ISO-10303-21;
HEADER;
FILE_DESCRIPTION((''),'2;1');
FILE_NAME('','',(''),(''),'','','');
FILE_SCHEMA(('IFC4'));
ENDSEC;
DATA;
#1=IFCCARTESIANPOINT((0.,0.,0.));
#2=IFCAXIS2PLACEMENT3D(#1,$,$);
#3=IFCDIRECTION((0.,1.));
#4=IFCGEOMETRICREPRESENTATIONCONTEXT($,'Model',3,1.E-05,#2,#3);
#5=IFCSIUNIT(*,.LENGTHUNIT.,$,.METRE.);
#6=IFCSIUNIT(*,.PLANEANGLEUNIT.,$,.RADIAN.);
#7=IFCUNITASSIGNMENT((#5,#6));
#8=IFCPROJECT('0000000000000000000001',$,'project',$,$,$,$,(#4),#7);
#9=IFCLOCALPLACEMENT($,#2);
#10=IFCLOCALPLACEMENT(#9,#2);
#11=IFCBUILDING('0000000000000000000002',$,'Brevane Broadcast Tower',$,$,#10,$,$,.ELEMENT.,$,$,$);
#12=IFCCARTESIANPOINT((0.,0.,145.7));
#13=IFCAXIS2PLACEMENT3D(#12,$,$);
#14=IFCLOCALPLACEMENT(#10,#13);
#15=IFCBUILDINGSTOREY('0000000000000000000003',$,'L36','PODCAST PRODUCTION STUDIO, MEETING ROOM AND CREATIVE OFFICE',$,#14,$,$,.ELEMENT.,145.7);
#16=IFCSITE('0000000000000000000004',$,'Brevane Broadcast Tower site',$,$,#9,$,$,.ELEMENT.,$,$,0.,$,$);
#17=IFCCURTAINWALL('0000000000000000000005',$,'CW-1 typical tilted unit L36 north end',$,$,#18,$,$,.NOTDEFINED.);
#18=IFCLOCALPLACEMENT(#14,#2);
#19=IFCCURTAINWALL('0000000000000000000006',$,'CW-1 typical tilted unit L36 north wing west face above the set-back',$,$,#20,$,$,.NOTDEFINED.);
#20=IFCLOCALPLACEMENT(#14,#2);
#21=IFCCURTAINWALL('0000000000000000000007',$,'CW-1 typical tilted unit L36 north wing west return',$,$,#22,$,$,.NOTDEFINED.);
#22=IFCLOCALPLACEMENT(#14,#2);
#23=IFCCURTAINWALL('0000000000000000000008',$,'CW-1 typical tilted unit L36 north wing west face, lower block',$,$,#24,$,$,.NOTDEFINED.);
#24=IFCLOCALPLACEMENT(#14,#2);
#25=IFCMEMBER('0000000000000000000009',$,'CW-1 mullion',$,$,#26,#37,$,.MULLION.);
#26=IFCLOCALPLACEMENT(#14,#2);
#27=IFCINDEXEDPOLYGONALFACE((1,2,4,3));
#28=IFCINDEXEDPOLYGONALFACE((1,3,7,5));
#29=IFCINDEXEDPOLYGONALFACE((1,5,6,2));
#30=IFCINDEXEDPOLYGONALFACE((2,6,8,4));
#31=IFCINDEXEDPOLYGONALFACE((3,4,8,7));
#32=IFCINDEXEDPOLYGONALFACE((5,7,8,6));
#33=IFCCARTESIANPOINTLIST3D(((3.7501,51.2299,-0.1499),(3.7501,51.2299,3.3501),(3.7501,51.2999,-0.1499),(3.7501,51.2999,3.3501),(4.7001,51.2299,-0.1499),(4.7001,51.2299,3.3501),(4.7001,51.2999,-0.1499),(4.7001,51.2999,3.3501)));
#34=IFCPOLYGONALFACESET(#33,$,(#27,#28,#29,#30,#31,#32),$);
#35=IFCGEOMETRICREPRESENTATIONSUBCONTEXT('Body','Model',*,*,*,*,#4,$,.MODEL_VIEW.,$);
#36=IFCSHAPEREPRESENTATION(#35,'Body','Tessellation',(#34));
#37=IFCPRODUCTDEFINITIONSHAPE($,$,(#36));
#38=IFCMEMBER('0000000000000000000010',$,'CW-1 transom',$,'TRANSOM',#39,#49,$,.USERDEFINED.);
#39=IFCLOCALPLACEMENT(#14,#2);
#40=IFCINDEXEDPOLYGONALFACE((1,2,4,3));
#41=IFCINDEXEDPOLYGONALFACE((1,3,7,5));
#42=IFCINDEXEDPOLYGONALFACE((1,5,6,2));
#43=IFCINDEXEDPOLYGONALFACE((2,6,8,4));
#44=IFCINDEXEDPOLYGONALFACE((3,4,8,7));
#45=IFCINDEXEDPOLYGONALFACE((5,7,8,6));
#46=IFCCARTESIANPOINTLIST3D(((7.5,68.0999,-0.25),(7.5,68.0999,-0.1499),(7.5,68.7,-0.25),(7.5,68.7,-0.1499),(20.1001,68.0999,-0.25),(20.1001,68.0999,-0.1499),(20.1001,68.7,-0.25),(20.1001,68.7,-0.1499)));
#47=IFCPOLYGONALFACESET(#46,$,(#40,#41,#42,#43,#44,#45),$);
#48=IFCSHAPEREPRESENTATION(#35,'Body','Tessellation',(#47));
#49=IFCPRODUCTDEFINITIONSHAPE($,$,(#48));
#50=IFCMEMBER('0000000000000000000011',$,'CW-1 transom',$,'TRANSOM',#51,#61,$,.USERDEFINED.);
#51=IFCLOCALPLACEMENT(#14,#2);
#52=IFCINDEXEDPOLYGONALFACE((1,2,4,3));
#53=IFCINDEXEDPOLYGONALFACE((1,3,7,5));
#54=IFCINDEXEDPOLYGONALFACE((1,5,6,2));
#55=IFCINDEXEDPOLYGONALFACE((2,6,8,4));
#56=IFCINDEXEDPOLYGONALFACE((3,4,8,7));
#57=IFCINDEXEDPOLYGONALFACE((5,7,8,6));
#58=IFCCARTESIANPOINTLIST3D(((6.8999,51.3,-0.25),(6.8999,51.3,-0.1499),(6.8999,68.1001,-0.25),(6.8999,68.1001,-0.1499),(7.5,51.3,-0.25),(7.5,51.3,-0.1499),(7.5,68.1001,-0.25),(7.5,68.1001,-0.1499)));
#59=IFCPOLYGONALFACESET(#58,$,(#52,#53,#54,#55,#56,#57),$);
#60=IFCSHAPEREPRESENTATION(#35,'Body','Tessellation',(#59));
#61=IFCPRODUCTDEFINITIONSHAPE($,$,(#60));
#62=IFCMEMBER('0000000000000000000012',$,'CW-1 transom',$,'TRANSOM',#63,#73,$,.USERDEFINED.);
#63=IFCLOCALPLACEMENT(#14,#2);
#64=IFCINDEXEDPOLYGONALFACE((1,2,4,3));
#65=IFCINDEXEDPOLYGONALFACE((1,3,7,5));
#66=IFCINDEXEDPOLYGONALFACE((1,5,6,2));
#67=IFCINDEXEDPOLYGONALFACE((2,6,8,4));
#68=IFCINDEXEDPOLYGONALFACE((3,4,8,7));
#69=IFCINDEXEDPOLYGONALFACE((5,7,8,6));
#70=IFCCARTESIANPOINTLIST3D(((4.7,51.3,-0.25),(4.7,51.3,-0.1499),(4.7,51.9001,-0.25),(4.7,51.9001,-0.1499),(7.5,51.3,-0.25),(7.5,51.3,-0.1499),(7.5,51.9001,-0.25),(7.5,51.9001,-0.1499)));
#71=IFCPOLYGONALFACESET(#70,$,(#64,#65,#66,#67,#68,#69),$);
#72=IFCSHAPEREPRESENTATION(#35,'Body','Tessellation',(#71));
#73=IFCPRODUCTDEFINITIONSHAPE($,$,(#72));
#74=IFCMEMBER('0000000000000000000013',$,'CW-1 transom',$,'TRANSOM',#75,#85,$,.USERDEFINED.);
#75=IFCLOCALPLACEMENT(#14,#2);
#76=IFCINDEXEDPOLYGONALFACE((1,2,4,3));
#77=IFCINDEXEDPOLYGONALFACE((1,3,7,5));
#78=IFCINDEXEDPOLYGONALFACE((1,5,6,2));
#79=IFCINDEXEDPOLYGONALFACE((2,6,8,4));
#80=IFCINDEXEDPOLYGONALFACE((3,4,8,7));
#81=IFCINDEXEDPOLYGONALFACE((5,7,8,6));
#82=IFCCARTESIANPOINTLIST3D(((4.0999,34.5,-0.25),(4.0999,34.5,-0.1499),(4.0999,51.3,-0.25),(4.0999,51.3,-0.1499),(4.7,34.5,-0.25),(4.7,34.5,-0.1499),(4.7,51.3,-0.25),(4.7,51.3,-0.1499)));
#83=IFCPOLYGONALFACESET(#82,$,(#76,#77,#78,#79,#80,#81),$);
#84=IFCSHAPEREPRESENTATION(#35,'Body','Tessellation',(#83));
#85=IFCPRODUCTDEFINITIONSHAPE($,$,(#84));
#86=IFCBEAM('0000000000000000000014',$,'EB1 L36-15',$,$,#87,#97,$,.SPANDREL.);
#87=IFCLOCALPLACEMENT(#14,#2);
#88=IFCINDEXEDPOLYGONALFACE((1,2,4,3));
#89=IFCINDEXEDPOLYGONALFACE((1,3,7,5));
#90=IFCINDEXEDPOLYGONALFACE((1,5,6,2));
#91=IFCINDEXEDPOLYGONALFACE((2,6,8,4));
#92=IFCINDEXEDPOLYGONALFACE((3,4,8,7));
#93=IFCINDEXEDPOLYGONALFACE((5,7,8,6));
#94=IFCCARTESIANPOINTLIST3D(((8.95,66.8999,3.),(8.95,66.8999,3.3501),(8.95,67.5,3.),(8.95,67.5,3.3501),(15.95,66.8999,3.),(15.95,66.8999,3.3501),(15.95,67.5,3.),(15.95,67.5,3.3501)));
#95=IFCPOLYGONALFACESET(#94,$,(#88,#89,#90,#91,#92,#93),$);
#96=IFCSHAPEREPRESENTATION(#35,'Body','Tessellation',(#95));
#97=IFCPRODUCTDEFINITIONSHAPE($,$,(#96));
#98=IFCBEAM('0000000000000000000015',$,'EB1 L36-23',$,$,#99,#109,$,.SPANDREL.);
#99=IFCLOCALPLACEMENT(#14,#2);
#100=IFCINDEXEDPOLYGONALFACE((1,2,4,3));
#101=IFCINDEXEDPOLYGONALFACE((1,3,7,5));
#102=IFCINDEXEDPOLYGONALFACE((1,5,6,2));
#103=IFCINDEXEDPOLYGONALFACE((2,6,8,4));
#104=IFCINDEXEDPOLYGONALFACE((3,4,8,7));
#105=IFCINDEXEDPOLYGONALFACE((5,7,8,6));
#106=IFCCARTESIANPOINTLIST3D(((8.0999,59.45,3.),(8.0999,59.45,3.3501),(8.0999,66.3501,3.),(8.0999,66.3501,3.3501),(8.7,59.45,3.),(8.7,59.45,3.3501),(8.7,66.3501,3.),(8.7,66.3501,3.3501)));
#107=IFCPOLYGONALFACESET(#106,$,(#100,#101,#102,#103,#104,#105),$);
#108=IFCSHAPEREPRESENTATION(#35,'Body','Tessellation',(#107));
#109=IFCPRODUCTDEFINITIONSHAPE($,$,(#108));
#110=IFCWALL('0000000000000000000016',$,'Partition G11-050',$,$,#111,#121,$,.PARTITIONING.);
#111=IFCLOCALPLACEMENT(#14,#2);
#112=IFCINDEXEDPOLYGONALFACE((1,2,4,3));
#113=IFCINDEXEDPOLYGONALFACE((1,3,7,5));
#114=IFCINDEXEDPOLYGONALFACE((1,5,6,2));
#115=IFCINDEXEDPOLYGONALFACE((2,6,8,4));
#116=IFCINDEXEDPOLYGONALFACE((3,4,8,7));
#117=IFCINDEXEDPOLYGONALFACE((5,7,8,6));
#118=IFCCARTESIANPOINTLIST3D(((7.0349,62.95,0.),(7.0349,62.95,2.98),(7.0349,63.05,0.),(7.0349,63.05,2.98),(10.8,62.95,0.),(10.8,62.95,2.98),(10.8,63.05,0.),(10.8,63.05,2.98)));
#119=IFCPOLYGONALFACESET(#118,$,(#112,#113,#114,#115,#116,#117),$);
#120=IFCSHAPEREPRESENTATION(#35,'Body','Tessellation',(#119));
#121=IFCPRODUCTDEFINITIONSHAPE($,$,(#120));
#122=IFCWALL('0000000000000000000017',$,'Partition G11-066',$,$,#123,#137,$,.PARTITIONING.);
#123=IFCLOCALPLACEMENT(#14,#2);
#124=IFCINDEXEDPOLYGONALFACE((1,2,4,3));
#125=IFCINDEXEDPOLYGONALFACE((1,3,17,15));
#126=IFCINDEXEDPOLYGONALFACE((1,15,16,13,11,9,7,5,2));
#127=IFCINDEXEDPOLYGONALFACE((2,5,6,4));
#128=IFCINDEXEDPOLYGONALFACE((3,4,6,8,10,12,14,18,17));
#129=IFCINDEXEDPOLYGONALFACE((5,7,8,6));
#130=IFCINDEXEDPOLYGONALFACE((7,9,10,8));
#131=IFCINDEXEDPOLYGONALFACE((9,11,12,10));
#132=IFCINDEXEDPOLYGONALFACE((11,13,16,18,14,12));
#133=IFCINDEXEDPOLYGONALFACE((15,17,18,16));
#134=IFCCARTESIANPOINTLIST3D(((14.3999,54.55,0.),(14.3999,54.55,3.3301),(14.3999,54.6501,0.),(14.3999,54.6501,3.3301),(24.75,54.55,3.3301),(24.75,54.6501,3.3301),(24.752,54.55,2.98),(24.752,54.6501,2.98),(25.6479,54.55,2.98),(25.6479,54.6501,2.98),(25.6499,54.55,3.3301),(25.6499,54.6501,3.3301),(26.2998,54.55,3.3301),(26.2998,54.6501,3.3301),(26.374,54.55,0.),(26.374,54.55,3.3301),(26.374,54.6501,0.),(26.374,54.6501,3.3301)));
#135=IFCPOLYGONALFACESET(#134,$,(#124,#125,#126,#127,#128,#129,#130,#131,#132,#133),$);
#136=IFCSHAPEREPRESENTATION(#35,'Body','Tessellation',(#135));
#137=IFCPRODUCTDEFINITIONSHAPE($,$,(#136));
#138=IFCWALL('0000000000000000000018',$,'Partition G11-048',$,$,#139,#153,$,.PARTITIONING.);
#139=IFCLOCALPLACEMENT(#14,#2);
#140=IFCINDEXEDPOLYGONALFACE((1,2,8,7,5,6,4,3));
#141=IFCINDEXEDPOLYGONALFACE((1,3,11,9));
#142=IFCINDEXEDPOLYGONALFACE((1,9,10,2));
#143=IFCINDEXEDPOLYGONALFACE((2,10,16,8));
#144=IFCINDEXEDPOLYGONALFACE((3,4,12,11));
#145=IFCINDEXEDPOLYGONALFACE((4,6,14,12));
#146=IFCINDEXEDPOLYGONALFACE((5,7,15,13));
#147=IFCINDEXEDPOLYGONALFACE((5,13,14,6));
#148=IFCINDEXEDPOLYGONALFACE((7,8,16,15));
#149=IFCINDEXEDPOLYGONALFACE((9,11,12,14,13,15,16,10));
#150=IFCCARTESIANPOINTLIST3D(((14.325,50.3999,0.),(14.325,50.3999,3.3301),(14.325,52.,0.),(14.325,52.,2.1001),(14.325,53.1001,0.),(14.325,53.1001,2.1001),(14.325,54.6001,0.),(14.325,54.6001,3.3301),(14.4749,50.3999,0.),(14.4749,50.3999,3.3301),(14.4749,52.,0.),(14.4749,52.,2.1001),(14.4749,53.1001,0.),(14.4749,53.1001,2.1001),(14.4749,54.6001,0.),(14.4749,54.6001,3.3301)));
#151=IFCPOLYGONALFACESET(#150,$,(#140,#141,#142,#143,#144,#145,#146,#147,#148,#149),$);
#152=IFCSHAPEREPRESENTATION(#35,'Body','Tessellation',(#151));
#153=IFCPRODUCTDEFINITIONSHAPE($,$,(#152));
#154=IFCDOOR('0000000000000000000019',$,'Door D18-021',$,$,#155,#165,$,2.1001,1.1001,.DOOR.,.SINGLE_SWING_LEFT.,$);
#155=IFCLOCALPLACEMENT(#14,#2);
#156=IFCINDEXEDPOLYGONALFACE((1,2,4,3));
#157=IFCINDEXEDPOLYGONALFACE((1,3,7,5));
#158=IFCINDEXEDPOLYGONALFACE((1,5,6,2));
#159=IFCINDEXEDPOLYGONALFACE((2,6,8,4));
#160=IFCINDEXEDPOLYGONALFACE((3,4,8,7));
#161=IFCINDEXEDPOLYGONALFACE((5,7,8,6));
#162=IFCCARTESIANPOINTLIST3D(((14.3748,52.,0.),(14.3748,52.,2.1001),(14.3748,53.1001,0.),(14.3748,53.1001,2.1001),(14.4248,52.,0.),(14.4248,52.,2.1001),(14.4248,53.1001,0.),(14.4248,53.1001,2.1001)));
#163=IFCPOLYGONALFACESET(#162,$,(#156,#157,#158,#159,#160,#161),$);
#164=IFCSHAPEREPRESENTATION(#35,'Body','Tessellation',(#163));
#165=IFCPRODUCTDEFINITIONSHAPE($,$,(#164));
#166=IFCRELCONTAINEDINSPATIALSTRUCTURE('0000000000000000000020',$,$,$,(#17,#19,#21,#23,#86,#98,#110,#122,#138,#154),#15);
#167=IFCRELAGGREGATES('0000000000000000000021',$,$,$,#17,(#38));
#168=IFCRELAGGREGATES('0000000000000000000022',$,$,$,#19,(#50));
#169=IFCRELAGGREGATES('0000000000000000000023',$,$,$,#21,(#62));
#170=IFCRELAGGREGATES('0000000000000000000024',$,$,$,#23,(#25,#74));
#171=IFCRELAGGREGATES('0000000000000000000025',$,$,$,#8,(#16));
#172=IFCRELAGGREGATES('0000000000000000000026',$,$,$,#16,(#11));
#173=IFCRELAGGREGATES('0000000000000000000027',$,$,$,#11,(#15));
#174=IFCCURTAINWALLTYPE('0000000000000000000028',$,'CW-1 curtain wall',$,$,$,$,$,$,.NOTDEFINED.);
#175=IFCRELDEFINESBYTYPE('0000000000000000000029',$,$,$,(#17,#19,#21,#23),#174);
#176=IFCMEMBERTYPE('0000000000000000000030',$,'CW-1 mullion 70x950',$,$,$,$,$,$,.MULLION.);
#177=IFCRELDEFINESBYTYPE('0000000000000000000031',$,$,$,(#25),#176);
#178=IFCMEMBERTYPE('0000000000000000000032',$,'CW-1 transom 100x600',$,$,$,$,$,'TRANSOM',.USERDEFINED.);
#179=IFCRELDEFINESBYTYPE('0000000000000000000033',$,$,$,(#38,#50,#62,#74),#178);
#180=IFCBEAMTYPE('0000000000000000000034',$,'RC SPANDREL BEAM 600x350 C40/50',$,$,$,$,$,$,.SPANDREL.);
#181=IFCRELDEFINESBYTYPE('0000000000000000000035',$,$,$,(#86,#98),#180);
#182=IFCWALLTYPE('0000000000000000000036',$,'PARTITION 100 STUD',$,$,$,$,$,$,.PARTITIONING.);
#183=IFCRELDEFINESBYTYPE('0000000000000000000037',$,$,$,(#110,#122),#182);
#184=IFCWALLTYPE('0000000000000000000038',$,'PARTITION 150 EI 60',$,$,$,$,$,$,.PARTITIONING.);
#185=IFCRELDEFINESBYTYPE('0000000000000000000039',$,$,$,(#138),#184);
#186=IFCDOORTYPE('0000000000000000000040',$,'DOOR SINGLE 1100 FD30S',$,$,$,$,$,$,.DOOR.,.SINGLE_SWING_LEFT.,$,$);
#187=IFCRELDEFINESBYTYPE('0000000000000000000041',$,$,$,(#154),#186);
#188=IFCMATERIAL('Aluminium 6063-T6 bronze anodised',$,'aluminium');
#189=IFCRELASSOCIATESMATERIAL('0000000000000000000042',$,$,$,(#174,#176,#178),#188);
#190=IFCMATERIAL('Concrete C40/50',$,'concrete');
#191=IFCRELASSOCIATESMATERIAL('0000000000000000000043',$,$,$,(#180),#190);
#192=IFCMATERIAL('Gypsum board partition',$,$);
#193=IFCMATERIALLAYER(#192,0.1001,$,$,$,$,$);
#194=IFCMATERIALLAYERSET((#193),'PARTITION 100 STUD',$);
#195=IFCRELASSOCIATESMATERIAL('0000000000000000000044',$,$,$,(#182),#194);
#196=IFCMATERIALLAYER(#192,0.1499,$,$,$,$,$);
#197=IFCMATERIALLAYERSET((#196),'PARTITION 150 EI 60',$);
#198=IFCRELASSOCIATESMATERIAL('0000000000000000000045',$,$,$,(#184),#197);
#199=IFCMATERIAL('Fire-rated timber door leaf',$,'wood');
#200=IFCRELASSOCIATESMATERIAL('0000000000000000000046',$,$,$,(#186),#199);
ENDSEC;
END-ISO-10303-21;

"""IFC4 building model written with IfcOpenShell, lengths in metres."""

from ifc_helpers import new_model, si_unit, direction, frame, frame_2d, origin, origin_2d, place, context, subcontext, project, spatial, polyline, rectangle, outline, extrude, material, layer, layer_set, material_profile, profile_set, type_object, element, fill, aggregate, save


model = new_model("IFC4")

# Units and contexts
model_context = context("Model", 3, precision=1e-05, world=origin(), true_north=direction((0.0, 1.0)))
body_context = subcontext(model_context, "Body", "Model", "MODEL_VIEW")
ifc_project = project(units=[si_unit("LENGTHUNIT", "METRE"), si_unit("PLANEANGLEUNIT", "RADIAN")], contexts=[model_context])

# Site, building, storey
site_placement = place(None, origin())
site = spatial("IfcSite", under=ifc_project, at=site_placement, Name="Brevane Broadcast Tower site", CompositionType="ELEMENT", RefElevation=0.0)
building_placement = place(site_placement, origin())
building = spatial("IfcBuilding", under=site, at=building_placement, Name="Brevane Broadcast Tower", CompositionType="ELEMENT")
storey_placement = place(building_placement, frame((0.0, 0.0, 145.7)))
storey = spatial("IfcBuildingStorey", under=building, at=storey_placement, Name="L36", Description="PODCAST PRODUCTION STUDIO, MEETING ROOM AND CREATIVE OFFICE", CompositionType="ELEMENT", Elevation=145.7)

# Curtain walls
ifc_material_1 = material(Name="Aluminium 6063-T6 bronze anodised", Category="aluminium")
curtain_wall_type = type_object("IfcCurtainWallType", Name="CW-1 curtain wall", PredefinedType="NOTDEFINED", material=ifc_material_1)
curtain_wall_1_placement = place(storey_placement, origin())
curtain_wall_1 = element("IfcCurtainWall", 1, at=curtain_wall_1_placement, inside=storey, type_object=curtain_wall_type, Name="CW-1 typical tilted unit L36 north end", PredefinedType="NOTDEFINED")
ifc_material_profile_1 = material_profile(ifc_material_1, rectangle(XDim=0.95, YDim=0.0701, at=origin_2d()), Name="RECT 70x950")
ifc_profile_set_1 = profile_set([ifc_material_profile_1], Name="Aluminium 6063-T6 bronze anodised")
member_type_1 = type_object("IfcMemberType", Name="CW-1 mullion 70x950", PredefinedType="MULLION", material=ifc_profile_set_1)
curtain_wall_2_placement = place(storey_placement, origin())
curtain_wall_2 = element("IfcCurtainWall", 2, at=curtain_wall_2_placement, inside=storey, type_object=curtain_wall_type, Name="CW-1 typical tilted unit L36 north wing west face above the set-back", PredefinedType="NOTDEFINED")
curtain_wall_3_placement = place(storey_placement, origin())
curtain_wall_3 = element("IfcCurtainWall", 3, at=curtain_wall_3_placement, inside=storey, type_object=curtain_wall_type, Name="CW-1 typical tilted unit L36 north wing west return", PredefinedType="NOTDEFINED")

# Curtain wall, member
curtain_wall_4_placement = place(storey_placement, origin())
curtain_wall_4 = element("IfcCurtainWall", 4, at=curtain_wall_4_placement, inside=storey, type_object=curtain_wall_type, Name="CW-1 typical tilted unit L36 north wing west face, lower block", PredefinedType="NOTDEFINED")
member_1_placement = place(storey_placement, frame((4.2251, 51.2649, -0.1499), z_axis=(0.0, 0.0, 1.0), x_axis=(1.0, 0.0, 0.0)))
member_1 = element("IfcMember", 5, at=member_1_placement, type_object=member_type_1, Name="CW-1 mullion", PredefinedType="MULLION", context=body_context, shape_type="SweptSolid", body=[
    extrude(rectangle(XDim=0.95, YDim=0.0701, at=origin_2d()), origin(), (0.0, 0.0, 1.0), 3.5),
])

# Members
ifc_material_profile_2 = material_profile(ifc_material_1, rectangle(XDim=0.6001, YDim=0.1001, at=origin_2d()), Name="RECT 100x600")
ifc_profile_set_2 = profile_set([ifc_material_profile_2], Name="Aluminium 6063-T6 bronze anodised")
member_type_2 = type_object("IfcMemberType", Name="CW-1 transom 100x600", ElementType="TRANSOM", PredefinedType="USERDEFINED", material=ifc_profile_set_2)
member_2_placement = place(storey_placement, frame((20.1001, 68.3999, -0.2), z_axis=(-1.0, 0.0, 0.0), x_axis=(0.0, -1.0, 0.0)))
member_2 = element("IfcMember", 6, at=member_2_placement, type_object=member_type_2, Name="CW-1 transom", ObjectType="TRANSOM", PredefinedType="USERDEFINED", context=body_context, shape_type="SweptSolid", body=[
    extrude(rectangle(XDim=0.6001, YDim=0.1001, at=origin_2d()), origin(), (0.0, 0.0, 1.0), 12.6001),
])
aggregate(curtain_wall_1, [member_2])
member_3_placement = place(storey_placement, frame((7.2, 68.1001, -0.2), z_axis=(0.0, -1.0, 0.0), x_axis=(1.0, 0.0, 0.0)))
member_3 = element("IfcMember", 7, at=member_3_placement, type_object=member_type_2, Name="CW-1 transom", ObjectType="TRANSOM", PredefinedType="USERDEFINED", context=body_context, shape_type="SweptSolid", body=[
    extrude(rectangle(XDim=0.6001, YDim=0.1001, at=origin_2d()), origin(), (0.0, 0.0, 1.0), 16.8),
])
aggregate(curtain_wall_2, [member_3])
member_4_placement = place(storey_placement, frame((7.5, 51.6001, -0.2), z_axis=(-1.0, 0.0, 0.0), x_axis=(0.0, -1.0, 0.0)))
member_4 = element("IfcMember", 8, at=member_4_placement, type_object=member_type_2, Name="CW-1 transom", ObjectType="TRANSOM", PredefinedType="USERDEFINED", context=body_context, shape_type="SweptSolid", body=[
    extrude(rectangle(XDim=0.6001, YDim=0.1001, at=origin_2d()), origin(), (0.0, 0.0, 1.0), 2.8),
])
aggregate(curtain_wall_3, [member_4])
member_5_placement = place(storey_placement, frame((4.3999, 51.3, -0.2), z_axis=(0.0, -1.0, 0.0), x_axis=(1.0, 0.0, 0.0)))
member_5 = element("IfcMember", 9, at=member_5_placement, type_object=member_type_2, Name="CW-1 transom", ObjectType="TRANSOM", PredefinedType="USERDEFINED", context=body_context, shape_type="SweptSolid", body=[
    extrude(rectangle(XDim=0.6001, YDim=0.1001, at=origin_2d()), origin(), (0.0, 0.0, 1.0), 16.8),
])
aggregate(curtain_wall_4, [member_1, member_5])

# Beams
ifc_material_2 = material(Name="Concrete C40/50", Category="concrete")
ifc_material_profile_3 = material_profile(ifc_material_2, rectangle(XDim=0.6001, YDim=0.3501, at=origin_2d()), Name="RC 600x350")
ifc_profile_set_3 = profile_set([ifc_material_profile_3], Name="Concrete C40/50")
beam_type = type_object("IfcBeamType", Name="RC SPANDREL BEAM 600x350 C40/50", PredefinedType="SPANDREL", material=ifc_profile_set_3)
beam_1_placement = place(storey_placement, frame((15.95, 67.2, 3.175), z_axis=(-1.0, 0.0, 0.0), x_axis=(0.0, -1.0, 0.0)))
element("IfcBeam", 10, at=beam_1_placement, inside=storey, type_object=beam_type, Name="EB1 L36-15", PredefinedType="SPANDREL", context=body_context, shape_type="SweptSolid", body=[
    extrude(rectangle(XDim=0.6001, YDim=0.3501, at=origin_2d()), origin(), (0.0, 0.0, 1.0), 7.0),
])
beam_2_placement = place(storey_placement, frame((8.3999, 59.45, 3.175), z_axis=(0.0, 1.0, 0.0), x_axis=(-1.0, 0.0, 0.0)))
element("IfcBeam", 11, at=beam_2_placement, inside=storey, type_object=beam_type, Name="EB1 L36-23", PredefinedType="SPANDREL", context=body_context, shape_type="SweptSolid", body=[
    extrude(rectangle(XDim=0.6001, YDim=0.3501, at=origin_2d()), origin(), (0.0, 0.0, 1.0), 6.9001),
])

# Walls
ifc_material_3 = material(Name="Gypsum board partition")
ifc_layer_1 = layer(ifc_material_3, 0.1001)
ifc_layer_set_1 = layer_set([ifc_layer_1], Name="PARTITION 100 STUD")
wall_type_1 = type_object("IfcWallType", Name="PARTITION 100 STUD", PredefinedType="PARTITIONING", material=ifc_layer_set_1)
wall_1_placement = place(storey_placement, frame((10.8, 63.0, 0.0), z_axis=(0.0, 0.0, 1.0), x_axis=(-1.0, 0.0, 0.0)))
element("IfcWall", 12, at=wall_1_placement, inside=storey, type_object=wall_type_1, Name="Partition G11-050", PredefinedType="PARTITIONING", context=body_context, shape_type="SweptSolid", body=[
    extrude(rectangle(XDim=3.7651, YDim=0.1001, at=frame_2d((1.8826, 0.0))), origin(), (0.0, 0.0, 1.0), 2.98),
])
wall_2_placement = place(storey_placement, frame((14.3999, 54.6001, 0.0), z_axis=(0.0, 0.0, 1.0), x_axis=(1.0, 0.0, 0.0)))
element("IfcWall", 13, at=wall_2_placement, inside=storey, type_object=wall_type_1, Name="Partition G11-066", PredefinedType="PARTITIONING", context=body_context, shape_type="SweptSolid", body=[
    extrude(outline(polyline([(0.0, 0.0), (11.9741, 0.0), (11.9741, 3.3301), (11.8999, 3.3301), (11.25, 3.3301), (11.248, 2.98), (10.3521, 2.98), (10.3501, 3.3301), (0.0, 3.3301), (0.0, 0.0)])), frame((0.0, 0.05, 0.0), z_axis=(0.0, -1.0, 0.0), x_axis=(1.0, 0.0, 0.0)), (0.0, 0.0, 1.0), 0.1001),
])

# Wall, opening, door
ifc_layer_2 = layer(ifc_material_3, 0.1499)
ifc_layer_set_2 = layer_set([ifc_layer_2], Name="PARTITION 150 EI 60")
wall_type_2 = type_object("IfcWallType", Name="PARTITION 150 EI 60", PredefinedType="PARTITIONING", material=ifc_layer_set_2)
ifc_material_4 = material(Name="Fire-rated timber door leaf", Category="wood")
wall_3_placement = place(storey_placement, frame((14.3999, 54.6001, 0.0), z_axis=(0.0, 0.0, 1.0), x_axis=(0.0, -1.0, 0.0)))
wall_3 = element("IfcWall", 14, at=wall_3_placement, inside=storey, type_object=wall_type_2, Name="Partition G11-048", PredefinedType="PARTITIONING", context=body_context, shape_type="SweptSolid", body=[
    extrude(rectangle(XDim=4.2002, YDim=0.1499, at=frame_2d((2.1001, 0.0))), origin(), (0.0, 0.0, 1.0), 3.3301),
])
opening_1_placement = place(wall_3_placement, frame((1.5, 0.0, 0.0)))
opening_1 = element("IfcOpeningElement", 15, at=opening_1_placement, cuts=wall_3, PredefinedType="OPENING", context=body_context, shape_type="SweptSolid", body=[
    extrude(rectangle(XDim=1.1001, YDim=2.1001, at=frame_2d((0.55, 1.05))), frame((0.0, 0.085, 0.0), z_axis=(0.0, -1.0, 0.0), x_axis=(1.0, 0.0, 0.0)), (0.0, 0.0, 1.0), 0.1699),
])
door_type_1 = type_object("IfcDoorType", Name="DOOR SINGLE 1100 FD30S", OperationType="SINGLE_SWING_LEFT", PredefinedType="DOOR", material=ifc_material_4)
door_1_placement = place(opening_1_placement, origin())
door_1 = element("IfcDoor", 16, at=door_1_placement, inside=storey, type_object=door_type_1, Name="Door D18-021", OperationType="SINGLE_SWING_LEFT", OverallHeight=2.1001, OverallWidth=1.1001, PredefinedType="DOOR", context=body_context, shape_type="SweptSolid", body=[
    extrude(rectangle(XDim=1.1001, YDim=2.1001, at=frame_2d((0.55, 1.05))), frame((0.0, 0.0249, 0.0), z_axis=(0.0, -1.0, 0.0), x_axis=(1.0, 0.0, 0.0)), (0.0, 0.0, 1.0), 0.05),
])
fill(opening_1, door_1)

save(model, "model.ifc")
